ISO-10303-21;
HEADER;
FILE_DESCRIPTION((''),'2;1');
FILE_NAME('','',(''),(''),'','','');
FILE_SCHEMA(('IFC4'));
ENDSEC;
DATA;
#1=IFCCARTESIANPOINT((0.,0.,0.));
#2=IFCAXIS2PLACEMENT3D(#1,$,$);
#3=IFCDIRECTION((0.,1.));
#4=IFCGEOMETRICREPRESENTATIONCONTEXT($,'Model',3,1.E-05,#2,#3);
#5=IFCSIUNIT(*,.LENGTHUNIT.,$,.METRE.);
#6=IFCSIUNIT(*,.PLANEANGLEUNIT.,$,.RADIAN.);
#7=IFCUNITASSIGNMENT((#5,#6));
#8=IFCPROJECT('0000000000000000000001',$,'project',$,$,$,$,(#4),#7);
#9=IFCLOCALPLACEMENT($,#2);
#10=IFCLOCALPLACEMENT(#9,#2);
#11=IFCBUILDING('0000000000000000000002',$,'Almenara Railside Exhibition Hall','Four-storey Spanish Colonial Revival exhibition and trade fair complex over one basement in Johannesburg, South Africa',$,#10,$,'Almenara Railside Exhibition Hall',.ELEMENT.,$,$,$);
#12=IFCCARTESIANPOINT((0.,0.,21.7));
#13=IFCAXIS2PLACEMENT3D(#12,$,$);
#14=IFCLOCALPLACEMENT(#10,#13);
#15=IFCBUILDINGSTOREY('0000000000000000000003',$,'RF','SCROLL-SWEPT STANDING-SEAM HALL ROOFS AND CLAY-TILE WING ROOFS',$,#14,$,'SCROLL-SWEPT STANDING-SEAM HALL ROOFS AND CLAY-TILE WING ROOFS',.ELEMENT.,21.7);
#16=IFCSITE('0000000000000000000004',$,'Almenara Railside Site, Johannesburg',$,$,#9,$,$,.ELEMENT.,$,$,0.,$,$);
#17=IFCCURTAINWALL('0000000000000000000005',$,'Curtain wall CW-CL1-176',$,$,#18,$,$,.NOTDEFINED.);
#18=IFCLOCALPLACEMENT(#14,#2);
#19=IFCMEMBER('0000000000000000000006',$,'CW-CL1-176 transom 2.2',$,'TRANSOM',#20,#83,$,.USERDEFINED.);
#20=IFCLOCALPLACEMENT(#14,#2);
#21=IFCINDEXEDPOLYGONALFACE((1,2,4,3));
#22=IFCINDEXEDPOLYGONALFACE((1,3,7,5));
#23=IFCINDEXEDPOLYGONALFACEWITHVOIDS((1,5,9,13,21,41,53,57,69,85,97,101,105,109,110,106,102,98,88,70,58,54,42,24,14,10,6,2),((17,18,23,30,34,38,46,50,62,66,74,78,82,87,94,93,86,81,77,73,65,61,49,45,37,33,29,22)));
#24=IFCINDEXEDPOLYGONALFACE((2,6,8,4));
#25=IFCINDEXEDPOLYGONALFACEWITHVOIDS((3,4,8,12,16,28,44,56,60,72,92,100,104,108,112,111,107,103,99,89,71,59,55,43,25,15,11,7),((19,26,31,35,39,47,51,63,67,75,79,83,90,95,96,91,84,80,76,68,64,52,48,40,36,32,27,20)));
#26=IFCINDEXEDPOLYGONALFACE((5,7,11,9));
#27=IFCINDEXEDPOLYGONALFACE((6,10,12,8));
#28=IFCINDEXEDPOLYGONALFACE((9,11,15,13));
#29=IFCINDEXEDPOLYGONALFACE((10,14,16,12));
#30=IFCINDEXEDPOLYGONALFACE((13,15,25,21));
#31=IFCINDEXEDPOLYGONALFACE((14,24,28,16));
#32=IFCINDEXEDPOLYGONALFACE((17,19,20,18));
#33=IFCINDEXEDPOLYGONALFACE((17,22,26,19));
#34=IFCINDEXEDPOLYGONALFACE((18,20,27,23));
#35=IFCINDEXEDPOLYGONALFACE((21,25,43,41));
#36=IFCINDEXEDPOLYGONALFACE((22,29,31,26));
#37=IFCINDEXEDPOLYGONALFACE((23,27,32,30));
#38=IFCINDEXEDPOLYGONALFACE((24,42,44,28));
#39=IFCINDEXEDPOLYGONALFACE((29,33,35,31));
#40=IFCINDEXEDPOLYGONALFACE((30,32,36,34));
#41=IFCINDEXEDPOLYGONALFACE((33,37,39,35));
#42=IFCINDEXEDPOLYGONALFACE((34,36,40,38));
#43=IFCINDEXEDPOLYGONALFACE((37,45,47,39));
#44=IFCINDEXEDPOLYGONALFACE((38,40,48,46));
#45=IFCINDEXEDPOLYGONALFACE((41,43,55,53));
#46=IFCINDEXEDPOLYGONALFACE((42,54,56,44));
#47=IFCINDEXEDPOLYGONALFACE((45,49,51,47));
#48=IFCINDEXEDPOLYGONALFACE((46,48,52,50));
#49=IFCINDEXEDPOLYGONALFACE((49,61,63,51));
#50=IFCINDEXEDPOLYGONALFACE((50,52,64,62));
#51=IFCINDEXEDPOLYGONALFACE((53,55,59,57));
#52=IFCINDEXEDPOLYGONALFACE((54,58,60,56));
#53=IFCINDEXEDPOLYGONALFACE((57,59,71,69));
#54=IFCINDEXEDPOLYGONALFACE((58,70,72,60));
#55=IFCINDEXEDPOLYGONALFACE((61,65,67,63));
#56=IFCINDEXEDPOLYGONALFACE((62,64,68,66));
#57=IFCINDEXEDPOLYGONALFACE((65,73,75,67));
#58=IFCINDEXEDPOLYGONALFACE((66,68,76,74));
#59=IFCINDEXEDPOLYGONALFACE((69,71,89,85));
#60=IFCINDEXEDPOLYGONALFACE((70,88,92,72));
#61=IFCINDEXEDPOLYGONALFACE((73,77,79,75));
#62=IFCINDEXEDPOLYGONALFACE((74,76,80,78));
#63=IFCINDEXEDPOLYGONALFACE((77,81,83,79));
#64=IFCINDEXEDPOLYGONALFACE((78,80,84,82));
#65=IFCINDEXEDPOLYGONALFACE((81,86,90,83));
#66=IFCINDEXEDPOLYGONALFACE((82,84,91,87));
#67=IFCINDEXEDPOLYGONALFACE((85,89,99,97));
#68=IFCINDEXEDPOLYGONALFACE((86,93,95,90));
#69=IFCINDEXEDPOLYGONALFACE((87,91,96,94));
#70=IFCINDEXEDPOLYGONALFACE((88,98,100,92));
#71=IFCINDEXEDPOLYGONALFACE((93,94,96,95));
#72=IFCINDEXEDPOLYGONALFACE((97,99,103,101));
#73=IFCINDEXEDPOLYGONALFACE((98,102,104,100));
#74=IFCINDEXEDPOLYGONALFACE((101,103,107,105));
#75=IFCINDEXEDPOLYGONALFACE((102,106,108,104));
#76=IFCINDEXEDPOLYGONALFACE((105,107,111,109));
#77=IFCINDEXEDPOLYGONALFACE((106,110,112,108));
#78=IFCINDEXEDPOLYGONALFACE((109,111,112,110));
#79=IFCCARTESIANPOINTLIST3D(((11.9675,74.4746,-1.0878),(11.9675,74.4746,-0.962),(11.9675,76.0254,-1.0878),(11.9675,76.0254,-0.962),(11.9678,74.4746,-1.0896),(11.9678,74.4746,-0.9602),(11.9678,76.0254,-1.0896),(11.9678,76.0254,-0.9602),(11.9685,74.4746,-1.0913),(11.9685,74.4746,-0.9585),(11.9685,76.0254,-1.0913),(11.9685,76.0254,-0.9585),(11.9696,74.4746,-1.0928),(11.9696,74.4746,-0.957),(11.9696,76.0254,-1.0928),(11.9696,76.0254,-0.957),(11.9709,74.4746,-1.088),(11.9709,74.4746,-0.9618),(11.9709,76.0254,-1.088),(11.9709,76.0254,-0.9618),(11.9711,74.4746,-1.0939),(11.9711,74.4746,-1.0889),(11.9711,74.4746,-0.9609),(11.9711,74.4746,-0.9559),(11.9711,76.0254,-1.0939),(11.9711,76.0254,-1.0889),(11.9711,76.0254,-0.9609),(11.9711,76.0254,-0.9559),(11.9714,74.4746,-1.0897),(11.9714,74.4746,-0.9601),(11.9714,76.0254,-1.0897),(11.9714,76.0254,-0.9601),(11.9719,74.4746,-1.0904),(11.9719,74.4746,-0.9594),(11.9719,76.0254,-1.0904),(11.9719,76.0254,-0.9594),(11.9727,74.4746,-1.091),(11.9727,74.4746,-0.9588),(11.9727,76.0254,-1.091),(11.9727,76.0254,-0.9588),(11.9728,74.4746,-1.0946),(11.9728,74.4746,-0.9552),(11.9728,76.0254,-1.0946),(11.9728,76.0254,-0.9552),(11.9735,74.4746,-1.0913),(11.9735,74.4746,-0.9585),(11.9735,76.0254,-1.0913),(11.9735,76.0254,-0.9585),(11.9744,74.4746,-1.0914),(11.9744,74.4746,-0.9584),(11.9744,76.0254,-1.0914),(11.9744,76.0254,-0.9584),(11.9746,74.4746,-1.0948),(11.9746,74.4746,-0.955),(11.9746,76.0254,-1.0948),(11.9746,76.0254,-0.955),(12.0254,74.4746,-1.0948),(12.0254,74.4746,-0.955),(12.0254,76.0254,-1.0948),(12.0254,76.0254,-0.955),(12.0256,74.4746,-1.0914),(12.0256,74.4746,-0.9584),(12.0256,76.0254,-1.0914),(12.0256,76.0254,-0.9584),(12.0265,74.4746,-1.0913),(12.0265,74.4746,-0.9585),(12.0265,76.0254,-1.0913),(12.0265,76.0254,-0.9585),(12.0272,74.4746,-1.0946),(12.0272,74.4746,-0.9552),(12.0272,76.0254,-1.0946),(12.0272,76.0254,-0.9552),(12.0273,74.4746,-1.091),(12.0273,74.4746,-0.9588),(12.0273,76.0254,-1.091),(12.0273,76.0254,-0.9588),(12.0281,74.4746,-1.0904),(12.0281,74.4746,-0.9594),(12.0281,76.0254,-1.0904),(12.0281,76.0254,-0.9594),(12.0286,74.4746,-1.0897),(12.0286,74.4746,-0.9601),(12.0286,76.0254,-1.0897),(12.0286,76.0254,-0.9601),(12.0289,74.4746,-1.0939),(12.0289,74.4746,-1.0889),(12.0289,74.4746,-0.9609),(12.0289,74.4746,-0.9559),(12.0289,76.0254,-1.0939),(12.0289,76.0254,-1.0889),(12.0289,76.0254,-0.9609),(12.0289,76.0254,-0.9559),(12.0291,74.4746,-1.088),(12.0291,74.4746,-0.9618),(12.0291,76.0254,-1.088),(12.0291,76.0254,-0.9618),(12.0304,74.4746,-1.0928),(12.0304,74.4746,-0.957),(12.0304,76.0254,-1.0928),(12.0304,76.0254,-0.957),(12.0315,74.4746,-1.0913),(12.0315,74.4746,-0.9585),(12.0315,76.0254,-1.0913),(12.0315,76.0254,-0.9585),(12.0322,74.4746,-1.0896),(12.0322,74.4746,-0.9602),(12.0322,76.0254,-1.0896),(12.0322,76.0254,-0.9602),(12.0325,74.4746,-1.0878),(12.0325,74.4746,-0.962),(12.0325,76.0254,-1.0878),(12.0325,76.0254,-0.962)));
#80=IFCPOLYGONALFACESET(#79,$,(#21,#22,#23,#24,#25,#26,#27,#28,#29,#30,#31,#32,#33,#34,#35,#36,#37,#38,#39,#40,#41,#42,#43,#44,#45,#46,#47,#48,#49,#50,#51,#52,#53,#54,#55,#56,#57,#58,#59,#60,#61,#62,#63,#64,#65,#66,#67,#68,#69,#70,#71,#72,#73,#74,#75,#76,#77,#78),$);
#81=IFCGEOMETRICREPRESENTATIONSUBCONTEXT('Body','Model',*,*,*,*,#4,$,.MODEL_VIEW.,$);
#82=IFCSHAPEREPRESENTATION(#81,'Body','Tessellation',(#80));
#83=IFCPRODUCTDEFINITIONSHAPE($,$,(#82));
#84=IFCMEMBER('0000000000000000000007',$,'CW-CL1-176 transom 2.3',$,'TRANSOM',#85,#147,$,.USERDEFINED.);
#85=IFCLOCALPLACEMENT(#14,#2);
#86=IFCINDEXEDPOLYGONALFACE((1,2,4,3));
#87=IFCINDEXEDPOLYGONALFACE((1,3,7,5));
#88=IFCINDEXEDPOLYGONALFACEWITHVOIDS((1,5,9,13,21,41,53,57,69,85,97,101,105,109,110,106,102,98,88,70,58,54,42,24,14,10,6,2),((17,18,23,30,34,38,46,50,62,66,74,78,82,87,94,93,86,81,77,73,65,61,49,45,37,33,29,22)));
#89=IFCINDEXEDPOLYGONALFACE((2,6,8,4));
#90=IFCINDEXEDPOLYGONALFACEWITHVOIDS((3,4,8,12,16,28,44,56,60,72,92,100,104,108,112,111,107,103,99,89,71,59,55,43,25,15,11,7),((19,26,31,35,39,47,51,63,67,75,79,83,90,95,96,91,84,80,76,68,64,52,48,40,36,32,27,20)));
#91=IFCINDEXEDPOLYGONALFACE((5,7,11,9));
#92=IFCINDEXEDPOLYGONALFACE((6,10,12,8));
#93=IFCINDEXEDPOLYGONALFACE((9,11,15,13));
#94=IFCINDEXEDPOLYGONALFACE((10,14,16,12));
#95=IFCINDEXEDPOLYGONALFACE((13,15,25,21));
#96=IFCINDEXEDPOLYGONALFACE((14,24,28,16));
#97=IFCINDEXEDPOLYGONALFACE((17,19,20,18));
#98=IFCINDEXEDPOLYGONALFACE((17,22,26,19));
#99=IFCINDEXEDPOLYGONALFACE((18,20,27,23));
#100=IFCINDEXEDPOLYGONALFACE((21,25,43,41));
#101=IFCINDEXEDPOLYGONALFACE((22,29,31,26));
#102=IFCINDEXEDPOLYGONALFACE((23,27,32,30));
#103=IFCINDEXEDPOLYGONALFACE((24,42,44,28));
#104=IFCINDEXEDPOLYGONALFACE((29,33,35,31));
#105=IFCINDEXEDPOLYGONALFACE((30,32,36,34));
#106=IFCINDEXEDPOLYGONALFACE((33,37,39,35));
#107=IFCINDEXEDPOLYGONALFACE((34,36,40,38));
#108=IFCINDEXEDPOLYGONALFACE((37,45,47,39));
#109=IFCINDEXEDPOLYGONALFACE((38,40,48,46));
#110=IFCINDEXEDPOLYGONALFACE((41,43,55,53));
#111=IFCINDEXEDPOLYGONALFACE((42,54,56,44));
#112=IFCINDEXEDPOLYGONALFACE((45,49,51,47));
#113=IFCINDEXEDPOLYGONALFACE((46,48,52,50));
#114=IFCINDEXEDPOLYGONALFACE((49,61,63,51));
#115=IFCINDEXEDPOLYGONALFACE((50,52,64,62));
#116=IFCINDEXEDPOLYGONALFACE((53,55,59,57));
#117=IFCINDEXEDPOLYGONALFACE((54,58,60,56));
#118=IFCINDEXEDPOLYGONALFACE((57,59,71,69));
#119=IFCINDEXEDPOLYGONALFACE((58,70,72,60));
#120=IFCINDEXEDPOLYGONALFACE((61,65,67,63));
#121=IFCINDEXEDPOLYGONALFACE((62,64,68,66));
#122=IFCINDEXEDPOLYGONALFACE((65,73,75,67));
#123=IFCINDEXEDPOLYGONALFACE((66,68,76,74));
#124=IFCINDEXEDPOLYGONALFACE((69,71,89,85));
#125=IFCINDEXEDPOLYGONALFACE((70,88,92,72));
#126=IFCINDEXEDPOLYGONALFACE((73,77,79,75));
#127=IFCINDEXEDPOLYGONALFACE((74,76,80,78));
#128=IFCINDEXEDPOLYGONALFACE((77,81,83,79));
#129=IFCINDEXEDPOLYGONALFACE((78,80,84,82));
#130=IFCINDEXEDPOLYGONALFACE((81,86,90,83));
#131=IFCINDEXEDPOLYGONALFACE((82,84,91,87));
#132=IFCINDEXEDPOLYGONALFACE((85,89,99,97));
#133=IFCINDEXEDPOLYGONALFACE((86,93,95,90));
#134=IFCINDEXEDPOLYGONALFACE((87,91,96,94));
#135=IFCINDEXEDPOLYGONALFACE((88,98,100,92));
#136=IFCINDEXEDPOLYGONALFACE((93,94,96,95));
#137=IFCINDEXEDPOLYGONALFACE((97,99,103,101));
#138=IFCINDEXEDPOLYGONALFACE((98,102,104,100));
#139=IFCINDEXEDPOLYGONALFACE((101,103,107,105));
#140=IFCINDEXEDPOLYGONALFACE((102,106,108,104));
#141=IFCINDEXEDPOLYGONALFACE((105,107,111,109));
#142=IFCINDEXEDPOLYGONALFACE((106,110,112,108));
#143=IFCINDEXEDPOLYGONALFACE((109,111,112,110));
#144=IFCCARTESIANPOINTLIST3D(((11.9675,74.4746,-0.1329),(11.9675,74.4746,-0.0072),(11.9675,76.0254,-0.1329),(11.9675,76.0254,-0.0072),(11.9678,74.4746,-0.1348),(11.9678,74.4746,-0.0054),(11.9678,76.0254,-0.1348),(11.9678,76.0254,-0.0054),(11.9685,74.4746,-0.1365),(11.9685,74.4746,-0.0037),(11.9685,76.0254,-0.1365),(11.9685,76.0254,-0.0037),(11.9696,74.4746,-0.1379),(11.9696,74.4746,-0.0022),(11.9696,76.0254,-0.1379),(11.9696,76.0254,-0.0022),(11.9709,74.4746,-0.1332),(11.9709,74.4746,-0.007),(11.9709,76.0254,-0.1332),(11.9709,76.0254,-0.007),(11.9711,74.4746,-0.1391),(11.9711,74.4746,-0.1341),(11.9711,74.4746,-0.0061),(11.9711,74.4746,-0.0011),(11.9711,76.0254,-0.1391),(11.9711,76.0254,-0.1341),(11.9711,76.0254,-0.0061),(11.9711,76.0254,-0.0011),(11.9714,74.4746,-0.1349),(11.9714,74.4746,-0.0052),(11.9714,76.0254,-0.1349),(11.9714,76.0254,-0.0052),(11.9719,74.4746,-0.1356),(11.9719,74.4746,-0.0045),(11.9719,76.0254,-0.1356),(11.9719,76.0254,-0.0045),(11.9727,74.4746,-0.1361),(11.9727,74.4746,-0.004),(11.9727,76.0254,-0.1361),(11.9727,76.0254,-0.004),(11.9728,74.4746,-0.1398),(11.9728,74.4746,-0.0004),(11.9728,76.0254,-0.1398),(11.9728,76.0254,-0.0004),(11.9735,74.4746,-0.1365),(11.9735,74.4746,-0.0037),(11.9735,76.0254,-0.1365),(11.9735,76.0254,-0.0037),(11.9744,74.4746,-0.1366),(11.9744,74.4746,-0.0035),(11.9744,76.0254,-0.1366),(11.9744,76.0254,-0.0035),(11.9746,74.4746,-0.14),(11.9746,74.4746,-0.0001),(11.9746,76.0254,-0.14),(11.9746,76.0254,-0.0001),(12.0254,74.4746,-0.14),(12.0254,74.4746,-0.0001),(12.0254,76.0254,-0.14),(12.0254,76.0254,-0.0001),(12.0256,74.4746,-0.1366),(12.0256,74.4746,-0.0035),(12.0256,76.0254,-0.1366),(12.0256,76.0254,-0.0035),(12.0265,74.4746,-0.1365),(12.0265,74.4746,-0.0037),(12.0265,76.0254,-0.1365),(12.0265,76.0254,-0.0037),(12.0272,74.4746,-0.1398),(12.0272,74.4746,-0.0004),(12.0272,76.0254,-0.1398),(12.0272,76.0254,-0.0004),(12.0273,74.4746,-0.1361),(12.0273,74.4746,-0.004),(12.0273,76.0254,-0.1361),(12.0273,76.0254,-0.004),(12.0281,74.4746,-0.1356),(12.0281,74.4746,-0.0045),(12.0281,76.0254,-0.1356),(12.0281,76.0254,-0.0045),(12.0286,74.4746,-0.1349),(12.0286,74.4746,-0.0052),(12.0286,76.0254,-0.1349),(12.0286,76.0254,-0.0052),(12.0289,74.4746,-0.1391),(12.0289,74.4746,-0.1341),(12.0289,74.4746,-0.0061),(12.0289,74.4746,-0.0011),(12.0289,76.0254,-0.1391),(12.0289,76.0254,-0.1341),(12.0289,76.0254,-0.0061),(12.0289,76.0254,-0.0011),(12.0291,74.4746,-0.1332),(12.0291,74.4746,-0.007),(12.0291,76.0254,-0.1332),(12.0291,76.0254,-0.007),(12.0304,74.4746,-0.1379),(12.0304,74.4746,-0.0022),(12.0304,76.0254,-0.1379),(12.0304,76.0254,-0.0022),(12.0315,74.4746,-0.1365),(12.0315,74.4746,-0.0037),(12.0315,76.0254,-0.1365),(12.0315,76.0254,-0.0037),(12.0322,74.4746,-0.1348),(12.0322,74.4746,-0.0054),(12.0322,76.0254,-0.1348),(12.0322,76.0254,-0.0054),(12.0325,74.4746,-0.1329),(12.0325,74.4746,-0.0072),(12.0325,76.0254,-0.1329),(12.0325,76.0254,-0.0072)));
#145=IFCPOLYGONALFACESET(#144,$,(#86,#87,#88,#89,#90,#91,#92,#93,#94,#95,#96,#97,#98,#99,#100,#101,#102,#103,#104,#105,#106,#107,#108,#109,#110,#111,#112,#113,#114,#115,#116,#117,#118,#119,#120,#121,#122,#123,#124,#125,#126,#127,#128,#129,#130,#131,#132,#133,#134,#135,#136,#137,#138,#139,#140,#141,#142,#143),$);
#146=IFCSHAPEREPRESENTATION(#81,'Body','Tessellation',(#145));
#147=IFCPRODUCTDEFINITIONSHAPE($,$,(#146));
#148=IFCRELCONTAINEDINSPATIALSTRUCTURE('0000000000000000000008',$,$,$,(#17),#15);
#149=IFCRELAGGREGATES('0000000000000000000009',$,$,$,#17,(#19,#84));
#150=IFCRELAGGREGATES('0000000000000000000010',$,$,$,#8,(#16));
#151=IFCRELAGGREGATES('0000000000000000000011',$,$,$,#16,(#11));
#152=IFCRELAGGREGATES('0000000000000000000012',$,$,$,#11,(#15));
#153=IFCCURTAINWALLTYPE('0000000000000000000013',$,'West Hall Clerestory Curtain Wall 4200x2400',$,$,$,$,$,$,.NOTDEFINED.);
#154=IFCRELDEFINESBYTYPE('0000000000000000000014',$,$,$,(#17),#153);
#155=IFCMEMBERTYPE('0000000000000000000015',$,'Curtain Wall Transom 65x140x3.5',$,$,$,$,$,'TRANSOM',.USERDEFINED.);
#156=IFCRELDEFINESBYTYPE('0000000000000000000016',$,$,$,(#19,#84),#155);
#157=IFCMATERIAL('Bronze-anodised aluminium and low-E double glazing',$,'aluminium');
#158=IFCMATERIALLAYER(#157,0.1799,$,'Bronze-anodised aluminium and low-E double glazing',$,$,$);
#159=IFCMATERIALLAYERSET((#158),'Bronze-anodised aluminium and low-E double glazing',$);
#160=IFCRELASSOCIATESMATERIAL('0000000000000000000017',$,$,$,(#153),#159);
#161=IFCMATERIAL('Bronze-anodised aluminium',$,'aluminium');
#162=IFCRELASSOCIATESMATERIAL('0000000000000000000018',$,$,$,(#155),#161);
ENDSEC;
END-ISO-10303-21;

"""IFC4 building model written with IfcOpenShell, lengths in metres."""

from ifc_helpers import new_model, si_unit, direction, frame, origin, origin_2d, place, context, subcontext, project, spatial, hollow_rectangle, extrude, material, layer, layer_set, material_profile, profile_set, type_object, element, aggregate, save


model = new_model("IFC4")

# Units and contexts
model_context = context("Model", 3, precision=1e-05, world=origin(), true_north=direction((0.0, 1.0)))
body_context = subcontext(model_context, "Body", "Model", "MODEL_VIEW")
ifc_project = project(units=[si_unit("LENGTHUNIT", "METRE"), si_unit("PLANEANGLEUNIT", "RADIAN")], contexts=[model_context])

# Site, building, storey
site_placement = place(None, origin())
site = spatial("IfcSite", under=ifc_project, at=site_placement, Name="Almenara Railside Site, Johannesburg", CompositionType="ELEMENT", RefElevation=0.0)
building_placement = place(site_placement, origin())
building = spatial("IfcBuilding", under=site, at=building_placement, Name="Almenara Railside Exhibition Hall", Description="Four-storey Spanish Colonial Revival exhibition and trade fair complex over one basement in Johannesburg, South Africa", LongName="Almenara Railside Exhibition Hall", CompositionType="ELEMENT")
storey_placement = place(building_placement, frame((0.0, 0.0, 21.7)))
storey = spatial("IfcBuildingStorey", under=building, at=storey_placement, Name="RF", Description="SCROLL-SWEPT STANDING-SEAM HALL ROOFS AND CLAY-TILE WING ROOFS", LongName="SCROLL-SWEPT STANDING-SEAM HALL ROOFS AND CLAY-TILE WING ROOFS", CompositionType="ELEMENT", Elevation=21.7)

# Curtain wall, members
ifc_material_1 = material(Name="Bronze-anodised aluminium and low-E double glazing", Category="aluminium")
ifc_layer_1 = layer(ifc_material_1, 0.1799, Name="Bronze-anodised aluminium and low-E double glazing")
ifc_layer_set_1 = layer_set([ifc_layer_1], Name="Bronze-anodised aluminium and low-E double glazing")
curtain_wall_type = type_object("IfcCurtainWallType", Name="West Hall Clerestory Curtain Wall 4200x2400", PredefinedType="NOTDEFINED", material=ifc_layer_set_1)
curtain_wall_placement = place(storey_placement, origin())
curtain_wall = element("IfcCurtainWall", 1, at=curtain_wall_placement, inside=storey, type_object=curtain_wall_type, Name="Curtain wall CW-CL1-176", PredefinedType="NOTDEFINED")
ifc_material_2 = material(Name="Bronze-anodised aluminium", Category="aluminium")
ifc_material_profile_1 = material_profile(ifc_material_2, hollow_rectangle(XDim=0.0649, YDim=0.1399, WallThickness=0.0034, InnerFilletRadius=0.0034, OuterFilletRadius=0.0071, at=origin_2d()), Name="ALU-TRN 65x140x3.5")
ifc_profile_set_1 = profile_set([ifc_material_profile_1], Name="Bronze-anodised aluminium")
member_type_1 = type_object("IfcMemberType", Name="Curtain Wall Transom 65x140x3.5", ElementType="TRANSOM", PredefinedType="USERDEFINED", material=ifc_profile_set_1)
member_1_placement = place(storey_placement, frame((12.0, 74.4746, -1.0249), z_axis=(0.0, 1.0, 0.0), x_axis=(-1.0, 0.0, 0.0)))
member_1 = element("IfcMember", 2, at=member_1_placement, type_object=member_type_1, Name="CW-CL1-176 transom 2.2", ObjectType="TRANSOM", PredefinedType="USERDEFINED", context=body_context, shape_type="SweptSolid", body=[
    extrude(hollow_rectangle(XDim=0.0649, YDim=0.1399, WallThickness=0.0034, InnerFilletRadius=0.0034, OuterFilletRadius=0.0071, at=origin_2d()), origin(), (0.0, 0.0, 1.0), 1.5508),
])
member_2_placement = place(storey_placement, frame((12.0, 74.4746, -0.0701), z_axis=(0.0, 1.0, 0.0), x_axis=(-1.0, 0.0, 0.0)))
member_2 = element("IfcMember", 3, at=member_2_placement, type_object=member_type_1, Name="CW-CL1-176 transom 2.3", ObjectType="TRANSOM", PredefinedType="USERDEFINED", context=body_context, shape_type="SweptSolid", body=[
    extrude(hollow_rectangle(XDim=0.0649, YDim=0.1399, WallThickness=0.0034, InnerFilletRadius=0.0034, OuterFilletRadius=0.0071, at=origin_2d()), origin(), (0.0, 0.0, 1.0), 1.5508),
])

aggregate(curtain_wall, [member_1, member_2])

save(model, "model.ifc")
